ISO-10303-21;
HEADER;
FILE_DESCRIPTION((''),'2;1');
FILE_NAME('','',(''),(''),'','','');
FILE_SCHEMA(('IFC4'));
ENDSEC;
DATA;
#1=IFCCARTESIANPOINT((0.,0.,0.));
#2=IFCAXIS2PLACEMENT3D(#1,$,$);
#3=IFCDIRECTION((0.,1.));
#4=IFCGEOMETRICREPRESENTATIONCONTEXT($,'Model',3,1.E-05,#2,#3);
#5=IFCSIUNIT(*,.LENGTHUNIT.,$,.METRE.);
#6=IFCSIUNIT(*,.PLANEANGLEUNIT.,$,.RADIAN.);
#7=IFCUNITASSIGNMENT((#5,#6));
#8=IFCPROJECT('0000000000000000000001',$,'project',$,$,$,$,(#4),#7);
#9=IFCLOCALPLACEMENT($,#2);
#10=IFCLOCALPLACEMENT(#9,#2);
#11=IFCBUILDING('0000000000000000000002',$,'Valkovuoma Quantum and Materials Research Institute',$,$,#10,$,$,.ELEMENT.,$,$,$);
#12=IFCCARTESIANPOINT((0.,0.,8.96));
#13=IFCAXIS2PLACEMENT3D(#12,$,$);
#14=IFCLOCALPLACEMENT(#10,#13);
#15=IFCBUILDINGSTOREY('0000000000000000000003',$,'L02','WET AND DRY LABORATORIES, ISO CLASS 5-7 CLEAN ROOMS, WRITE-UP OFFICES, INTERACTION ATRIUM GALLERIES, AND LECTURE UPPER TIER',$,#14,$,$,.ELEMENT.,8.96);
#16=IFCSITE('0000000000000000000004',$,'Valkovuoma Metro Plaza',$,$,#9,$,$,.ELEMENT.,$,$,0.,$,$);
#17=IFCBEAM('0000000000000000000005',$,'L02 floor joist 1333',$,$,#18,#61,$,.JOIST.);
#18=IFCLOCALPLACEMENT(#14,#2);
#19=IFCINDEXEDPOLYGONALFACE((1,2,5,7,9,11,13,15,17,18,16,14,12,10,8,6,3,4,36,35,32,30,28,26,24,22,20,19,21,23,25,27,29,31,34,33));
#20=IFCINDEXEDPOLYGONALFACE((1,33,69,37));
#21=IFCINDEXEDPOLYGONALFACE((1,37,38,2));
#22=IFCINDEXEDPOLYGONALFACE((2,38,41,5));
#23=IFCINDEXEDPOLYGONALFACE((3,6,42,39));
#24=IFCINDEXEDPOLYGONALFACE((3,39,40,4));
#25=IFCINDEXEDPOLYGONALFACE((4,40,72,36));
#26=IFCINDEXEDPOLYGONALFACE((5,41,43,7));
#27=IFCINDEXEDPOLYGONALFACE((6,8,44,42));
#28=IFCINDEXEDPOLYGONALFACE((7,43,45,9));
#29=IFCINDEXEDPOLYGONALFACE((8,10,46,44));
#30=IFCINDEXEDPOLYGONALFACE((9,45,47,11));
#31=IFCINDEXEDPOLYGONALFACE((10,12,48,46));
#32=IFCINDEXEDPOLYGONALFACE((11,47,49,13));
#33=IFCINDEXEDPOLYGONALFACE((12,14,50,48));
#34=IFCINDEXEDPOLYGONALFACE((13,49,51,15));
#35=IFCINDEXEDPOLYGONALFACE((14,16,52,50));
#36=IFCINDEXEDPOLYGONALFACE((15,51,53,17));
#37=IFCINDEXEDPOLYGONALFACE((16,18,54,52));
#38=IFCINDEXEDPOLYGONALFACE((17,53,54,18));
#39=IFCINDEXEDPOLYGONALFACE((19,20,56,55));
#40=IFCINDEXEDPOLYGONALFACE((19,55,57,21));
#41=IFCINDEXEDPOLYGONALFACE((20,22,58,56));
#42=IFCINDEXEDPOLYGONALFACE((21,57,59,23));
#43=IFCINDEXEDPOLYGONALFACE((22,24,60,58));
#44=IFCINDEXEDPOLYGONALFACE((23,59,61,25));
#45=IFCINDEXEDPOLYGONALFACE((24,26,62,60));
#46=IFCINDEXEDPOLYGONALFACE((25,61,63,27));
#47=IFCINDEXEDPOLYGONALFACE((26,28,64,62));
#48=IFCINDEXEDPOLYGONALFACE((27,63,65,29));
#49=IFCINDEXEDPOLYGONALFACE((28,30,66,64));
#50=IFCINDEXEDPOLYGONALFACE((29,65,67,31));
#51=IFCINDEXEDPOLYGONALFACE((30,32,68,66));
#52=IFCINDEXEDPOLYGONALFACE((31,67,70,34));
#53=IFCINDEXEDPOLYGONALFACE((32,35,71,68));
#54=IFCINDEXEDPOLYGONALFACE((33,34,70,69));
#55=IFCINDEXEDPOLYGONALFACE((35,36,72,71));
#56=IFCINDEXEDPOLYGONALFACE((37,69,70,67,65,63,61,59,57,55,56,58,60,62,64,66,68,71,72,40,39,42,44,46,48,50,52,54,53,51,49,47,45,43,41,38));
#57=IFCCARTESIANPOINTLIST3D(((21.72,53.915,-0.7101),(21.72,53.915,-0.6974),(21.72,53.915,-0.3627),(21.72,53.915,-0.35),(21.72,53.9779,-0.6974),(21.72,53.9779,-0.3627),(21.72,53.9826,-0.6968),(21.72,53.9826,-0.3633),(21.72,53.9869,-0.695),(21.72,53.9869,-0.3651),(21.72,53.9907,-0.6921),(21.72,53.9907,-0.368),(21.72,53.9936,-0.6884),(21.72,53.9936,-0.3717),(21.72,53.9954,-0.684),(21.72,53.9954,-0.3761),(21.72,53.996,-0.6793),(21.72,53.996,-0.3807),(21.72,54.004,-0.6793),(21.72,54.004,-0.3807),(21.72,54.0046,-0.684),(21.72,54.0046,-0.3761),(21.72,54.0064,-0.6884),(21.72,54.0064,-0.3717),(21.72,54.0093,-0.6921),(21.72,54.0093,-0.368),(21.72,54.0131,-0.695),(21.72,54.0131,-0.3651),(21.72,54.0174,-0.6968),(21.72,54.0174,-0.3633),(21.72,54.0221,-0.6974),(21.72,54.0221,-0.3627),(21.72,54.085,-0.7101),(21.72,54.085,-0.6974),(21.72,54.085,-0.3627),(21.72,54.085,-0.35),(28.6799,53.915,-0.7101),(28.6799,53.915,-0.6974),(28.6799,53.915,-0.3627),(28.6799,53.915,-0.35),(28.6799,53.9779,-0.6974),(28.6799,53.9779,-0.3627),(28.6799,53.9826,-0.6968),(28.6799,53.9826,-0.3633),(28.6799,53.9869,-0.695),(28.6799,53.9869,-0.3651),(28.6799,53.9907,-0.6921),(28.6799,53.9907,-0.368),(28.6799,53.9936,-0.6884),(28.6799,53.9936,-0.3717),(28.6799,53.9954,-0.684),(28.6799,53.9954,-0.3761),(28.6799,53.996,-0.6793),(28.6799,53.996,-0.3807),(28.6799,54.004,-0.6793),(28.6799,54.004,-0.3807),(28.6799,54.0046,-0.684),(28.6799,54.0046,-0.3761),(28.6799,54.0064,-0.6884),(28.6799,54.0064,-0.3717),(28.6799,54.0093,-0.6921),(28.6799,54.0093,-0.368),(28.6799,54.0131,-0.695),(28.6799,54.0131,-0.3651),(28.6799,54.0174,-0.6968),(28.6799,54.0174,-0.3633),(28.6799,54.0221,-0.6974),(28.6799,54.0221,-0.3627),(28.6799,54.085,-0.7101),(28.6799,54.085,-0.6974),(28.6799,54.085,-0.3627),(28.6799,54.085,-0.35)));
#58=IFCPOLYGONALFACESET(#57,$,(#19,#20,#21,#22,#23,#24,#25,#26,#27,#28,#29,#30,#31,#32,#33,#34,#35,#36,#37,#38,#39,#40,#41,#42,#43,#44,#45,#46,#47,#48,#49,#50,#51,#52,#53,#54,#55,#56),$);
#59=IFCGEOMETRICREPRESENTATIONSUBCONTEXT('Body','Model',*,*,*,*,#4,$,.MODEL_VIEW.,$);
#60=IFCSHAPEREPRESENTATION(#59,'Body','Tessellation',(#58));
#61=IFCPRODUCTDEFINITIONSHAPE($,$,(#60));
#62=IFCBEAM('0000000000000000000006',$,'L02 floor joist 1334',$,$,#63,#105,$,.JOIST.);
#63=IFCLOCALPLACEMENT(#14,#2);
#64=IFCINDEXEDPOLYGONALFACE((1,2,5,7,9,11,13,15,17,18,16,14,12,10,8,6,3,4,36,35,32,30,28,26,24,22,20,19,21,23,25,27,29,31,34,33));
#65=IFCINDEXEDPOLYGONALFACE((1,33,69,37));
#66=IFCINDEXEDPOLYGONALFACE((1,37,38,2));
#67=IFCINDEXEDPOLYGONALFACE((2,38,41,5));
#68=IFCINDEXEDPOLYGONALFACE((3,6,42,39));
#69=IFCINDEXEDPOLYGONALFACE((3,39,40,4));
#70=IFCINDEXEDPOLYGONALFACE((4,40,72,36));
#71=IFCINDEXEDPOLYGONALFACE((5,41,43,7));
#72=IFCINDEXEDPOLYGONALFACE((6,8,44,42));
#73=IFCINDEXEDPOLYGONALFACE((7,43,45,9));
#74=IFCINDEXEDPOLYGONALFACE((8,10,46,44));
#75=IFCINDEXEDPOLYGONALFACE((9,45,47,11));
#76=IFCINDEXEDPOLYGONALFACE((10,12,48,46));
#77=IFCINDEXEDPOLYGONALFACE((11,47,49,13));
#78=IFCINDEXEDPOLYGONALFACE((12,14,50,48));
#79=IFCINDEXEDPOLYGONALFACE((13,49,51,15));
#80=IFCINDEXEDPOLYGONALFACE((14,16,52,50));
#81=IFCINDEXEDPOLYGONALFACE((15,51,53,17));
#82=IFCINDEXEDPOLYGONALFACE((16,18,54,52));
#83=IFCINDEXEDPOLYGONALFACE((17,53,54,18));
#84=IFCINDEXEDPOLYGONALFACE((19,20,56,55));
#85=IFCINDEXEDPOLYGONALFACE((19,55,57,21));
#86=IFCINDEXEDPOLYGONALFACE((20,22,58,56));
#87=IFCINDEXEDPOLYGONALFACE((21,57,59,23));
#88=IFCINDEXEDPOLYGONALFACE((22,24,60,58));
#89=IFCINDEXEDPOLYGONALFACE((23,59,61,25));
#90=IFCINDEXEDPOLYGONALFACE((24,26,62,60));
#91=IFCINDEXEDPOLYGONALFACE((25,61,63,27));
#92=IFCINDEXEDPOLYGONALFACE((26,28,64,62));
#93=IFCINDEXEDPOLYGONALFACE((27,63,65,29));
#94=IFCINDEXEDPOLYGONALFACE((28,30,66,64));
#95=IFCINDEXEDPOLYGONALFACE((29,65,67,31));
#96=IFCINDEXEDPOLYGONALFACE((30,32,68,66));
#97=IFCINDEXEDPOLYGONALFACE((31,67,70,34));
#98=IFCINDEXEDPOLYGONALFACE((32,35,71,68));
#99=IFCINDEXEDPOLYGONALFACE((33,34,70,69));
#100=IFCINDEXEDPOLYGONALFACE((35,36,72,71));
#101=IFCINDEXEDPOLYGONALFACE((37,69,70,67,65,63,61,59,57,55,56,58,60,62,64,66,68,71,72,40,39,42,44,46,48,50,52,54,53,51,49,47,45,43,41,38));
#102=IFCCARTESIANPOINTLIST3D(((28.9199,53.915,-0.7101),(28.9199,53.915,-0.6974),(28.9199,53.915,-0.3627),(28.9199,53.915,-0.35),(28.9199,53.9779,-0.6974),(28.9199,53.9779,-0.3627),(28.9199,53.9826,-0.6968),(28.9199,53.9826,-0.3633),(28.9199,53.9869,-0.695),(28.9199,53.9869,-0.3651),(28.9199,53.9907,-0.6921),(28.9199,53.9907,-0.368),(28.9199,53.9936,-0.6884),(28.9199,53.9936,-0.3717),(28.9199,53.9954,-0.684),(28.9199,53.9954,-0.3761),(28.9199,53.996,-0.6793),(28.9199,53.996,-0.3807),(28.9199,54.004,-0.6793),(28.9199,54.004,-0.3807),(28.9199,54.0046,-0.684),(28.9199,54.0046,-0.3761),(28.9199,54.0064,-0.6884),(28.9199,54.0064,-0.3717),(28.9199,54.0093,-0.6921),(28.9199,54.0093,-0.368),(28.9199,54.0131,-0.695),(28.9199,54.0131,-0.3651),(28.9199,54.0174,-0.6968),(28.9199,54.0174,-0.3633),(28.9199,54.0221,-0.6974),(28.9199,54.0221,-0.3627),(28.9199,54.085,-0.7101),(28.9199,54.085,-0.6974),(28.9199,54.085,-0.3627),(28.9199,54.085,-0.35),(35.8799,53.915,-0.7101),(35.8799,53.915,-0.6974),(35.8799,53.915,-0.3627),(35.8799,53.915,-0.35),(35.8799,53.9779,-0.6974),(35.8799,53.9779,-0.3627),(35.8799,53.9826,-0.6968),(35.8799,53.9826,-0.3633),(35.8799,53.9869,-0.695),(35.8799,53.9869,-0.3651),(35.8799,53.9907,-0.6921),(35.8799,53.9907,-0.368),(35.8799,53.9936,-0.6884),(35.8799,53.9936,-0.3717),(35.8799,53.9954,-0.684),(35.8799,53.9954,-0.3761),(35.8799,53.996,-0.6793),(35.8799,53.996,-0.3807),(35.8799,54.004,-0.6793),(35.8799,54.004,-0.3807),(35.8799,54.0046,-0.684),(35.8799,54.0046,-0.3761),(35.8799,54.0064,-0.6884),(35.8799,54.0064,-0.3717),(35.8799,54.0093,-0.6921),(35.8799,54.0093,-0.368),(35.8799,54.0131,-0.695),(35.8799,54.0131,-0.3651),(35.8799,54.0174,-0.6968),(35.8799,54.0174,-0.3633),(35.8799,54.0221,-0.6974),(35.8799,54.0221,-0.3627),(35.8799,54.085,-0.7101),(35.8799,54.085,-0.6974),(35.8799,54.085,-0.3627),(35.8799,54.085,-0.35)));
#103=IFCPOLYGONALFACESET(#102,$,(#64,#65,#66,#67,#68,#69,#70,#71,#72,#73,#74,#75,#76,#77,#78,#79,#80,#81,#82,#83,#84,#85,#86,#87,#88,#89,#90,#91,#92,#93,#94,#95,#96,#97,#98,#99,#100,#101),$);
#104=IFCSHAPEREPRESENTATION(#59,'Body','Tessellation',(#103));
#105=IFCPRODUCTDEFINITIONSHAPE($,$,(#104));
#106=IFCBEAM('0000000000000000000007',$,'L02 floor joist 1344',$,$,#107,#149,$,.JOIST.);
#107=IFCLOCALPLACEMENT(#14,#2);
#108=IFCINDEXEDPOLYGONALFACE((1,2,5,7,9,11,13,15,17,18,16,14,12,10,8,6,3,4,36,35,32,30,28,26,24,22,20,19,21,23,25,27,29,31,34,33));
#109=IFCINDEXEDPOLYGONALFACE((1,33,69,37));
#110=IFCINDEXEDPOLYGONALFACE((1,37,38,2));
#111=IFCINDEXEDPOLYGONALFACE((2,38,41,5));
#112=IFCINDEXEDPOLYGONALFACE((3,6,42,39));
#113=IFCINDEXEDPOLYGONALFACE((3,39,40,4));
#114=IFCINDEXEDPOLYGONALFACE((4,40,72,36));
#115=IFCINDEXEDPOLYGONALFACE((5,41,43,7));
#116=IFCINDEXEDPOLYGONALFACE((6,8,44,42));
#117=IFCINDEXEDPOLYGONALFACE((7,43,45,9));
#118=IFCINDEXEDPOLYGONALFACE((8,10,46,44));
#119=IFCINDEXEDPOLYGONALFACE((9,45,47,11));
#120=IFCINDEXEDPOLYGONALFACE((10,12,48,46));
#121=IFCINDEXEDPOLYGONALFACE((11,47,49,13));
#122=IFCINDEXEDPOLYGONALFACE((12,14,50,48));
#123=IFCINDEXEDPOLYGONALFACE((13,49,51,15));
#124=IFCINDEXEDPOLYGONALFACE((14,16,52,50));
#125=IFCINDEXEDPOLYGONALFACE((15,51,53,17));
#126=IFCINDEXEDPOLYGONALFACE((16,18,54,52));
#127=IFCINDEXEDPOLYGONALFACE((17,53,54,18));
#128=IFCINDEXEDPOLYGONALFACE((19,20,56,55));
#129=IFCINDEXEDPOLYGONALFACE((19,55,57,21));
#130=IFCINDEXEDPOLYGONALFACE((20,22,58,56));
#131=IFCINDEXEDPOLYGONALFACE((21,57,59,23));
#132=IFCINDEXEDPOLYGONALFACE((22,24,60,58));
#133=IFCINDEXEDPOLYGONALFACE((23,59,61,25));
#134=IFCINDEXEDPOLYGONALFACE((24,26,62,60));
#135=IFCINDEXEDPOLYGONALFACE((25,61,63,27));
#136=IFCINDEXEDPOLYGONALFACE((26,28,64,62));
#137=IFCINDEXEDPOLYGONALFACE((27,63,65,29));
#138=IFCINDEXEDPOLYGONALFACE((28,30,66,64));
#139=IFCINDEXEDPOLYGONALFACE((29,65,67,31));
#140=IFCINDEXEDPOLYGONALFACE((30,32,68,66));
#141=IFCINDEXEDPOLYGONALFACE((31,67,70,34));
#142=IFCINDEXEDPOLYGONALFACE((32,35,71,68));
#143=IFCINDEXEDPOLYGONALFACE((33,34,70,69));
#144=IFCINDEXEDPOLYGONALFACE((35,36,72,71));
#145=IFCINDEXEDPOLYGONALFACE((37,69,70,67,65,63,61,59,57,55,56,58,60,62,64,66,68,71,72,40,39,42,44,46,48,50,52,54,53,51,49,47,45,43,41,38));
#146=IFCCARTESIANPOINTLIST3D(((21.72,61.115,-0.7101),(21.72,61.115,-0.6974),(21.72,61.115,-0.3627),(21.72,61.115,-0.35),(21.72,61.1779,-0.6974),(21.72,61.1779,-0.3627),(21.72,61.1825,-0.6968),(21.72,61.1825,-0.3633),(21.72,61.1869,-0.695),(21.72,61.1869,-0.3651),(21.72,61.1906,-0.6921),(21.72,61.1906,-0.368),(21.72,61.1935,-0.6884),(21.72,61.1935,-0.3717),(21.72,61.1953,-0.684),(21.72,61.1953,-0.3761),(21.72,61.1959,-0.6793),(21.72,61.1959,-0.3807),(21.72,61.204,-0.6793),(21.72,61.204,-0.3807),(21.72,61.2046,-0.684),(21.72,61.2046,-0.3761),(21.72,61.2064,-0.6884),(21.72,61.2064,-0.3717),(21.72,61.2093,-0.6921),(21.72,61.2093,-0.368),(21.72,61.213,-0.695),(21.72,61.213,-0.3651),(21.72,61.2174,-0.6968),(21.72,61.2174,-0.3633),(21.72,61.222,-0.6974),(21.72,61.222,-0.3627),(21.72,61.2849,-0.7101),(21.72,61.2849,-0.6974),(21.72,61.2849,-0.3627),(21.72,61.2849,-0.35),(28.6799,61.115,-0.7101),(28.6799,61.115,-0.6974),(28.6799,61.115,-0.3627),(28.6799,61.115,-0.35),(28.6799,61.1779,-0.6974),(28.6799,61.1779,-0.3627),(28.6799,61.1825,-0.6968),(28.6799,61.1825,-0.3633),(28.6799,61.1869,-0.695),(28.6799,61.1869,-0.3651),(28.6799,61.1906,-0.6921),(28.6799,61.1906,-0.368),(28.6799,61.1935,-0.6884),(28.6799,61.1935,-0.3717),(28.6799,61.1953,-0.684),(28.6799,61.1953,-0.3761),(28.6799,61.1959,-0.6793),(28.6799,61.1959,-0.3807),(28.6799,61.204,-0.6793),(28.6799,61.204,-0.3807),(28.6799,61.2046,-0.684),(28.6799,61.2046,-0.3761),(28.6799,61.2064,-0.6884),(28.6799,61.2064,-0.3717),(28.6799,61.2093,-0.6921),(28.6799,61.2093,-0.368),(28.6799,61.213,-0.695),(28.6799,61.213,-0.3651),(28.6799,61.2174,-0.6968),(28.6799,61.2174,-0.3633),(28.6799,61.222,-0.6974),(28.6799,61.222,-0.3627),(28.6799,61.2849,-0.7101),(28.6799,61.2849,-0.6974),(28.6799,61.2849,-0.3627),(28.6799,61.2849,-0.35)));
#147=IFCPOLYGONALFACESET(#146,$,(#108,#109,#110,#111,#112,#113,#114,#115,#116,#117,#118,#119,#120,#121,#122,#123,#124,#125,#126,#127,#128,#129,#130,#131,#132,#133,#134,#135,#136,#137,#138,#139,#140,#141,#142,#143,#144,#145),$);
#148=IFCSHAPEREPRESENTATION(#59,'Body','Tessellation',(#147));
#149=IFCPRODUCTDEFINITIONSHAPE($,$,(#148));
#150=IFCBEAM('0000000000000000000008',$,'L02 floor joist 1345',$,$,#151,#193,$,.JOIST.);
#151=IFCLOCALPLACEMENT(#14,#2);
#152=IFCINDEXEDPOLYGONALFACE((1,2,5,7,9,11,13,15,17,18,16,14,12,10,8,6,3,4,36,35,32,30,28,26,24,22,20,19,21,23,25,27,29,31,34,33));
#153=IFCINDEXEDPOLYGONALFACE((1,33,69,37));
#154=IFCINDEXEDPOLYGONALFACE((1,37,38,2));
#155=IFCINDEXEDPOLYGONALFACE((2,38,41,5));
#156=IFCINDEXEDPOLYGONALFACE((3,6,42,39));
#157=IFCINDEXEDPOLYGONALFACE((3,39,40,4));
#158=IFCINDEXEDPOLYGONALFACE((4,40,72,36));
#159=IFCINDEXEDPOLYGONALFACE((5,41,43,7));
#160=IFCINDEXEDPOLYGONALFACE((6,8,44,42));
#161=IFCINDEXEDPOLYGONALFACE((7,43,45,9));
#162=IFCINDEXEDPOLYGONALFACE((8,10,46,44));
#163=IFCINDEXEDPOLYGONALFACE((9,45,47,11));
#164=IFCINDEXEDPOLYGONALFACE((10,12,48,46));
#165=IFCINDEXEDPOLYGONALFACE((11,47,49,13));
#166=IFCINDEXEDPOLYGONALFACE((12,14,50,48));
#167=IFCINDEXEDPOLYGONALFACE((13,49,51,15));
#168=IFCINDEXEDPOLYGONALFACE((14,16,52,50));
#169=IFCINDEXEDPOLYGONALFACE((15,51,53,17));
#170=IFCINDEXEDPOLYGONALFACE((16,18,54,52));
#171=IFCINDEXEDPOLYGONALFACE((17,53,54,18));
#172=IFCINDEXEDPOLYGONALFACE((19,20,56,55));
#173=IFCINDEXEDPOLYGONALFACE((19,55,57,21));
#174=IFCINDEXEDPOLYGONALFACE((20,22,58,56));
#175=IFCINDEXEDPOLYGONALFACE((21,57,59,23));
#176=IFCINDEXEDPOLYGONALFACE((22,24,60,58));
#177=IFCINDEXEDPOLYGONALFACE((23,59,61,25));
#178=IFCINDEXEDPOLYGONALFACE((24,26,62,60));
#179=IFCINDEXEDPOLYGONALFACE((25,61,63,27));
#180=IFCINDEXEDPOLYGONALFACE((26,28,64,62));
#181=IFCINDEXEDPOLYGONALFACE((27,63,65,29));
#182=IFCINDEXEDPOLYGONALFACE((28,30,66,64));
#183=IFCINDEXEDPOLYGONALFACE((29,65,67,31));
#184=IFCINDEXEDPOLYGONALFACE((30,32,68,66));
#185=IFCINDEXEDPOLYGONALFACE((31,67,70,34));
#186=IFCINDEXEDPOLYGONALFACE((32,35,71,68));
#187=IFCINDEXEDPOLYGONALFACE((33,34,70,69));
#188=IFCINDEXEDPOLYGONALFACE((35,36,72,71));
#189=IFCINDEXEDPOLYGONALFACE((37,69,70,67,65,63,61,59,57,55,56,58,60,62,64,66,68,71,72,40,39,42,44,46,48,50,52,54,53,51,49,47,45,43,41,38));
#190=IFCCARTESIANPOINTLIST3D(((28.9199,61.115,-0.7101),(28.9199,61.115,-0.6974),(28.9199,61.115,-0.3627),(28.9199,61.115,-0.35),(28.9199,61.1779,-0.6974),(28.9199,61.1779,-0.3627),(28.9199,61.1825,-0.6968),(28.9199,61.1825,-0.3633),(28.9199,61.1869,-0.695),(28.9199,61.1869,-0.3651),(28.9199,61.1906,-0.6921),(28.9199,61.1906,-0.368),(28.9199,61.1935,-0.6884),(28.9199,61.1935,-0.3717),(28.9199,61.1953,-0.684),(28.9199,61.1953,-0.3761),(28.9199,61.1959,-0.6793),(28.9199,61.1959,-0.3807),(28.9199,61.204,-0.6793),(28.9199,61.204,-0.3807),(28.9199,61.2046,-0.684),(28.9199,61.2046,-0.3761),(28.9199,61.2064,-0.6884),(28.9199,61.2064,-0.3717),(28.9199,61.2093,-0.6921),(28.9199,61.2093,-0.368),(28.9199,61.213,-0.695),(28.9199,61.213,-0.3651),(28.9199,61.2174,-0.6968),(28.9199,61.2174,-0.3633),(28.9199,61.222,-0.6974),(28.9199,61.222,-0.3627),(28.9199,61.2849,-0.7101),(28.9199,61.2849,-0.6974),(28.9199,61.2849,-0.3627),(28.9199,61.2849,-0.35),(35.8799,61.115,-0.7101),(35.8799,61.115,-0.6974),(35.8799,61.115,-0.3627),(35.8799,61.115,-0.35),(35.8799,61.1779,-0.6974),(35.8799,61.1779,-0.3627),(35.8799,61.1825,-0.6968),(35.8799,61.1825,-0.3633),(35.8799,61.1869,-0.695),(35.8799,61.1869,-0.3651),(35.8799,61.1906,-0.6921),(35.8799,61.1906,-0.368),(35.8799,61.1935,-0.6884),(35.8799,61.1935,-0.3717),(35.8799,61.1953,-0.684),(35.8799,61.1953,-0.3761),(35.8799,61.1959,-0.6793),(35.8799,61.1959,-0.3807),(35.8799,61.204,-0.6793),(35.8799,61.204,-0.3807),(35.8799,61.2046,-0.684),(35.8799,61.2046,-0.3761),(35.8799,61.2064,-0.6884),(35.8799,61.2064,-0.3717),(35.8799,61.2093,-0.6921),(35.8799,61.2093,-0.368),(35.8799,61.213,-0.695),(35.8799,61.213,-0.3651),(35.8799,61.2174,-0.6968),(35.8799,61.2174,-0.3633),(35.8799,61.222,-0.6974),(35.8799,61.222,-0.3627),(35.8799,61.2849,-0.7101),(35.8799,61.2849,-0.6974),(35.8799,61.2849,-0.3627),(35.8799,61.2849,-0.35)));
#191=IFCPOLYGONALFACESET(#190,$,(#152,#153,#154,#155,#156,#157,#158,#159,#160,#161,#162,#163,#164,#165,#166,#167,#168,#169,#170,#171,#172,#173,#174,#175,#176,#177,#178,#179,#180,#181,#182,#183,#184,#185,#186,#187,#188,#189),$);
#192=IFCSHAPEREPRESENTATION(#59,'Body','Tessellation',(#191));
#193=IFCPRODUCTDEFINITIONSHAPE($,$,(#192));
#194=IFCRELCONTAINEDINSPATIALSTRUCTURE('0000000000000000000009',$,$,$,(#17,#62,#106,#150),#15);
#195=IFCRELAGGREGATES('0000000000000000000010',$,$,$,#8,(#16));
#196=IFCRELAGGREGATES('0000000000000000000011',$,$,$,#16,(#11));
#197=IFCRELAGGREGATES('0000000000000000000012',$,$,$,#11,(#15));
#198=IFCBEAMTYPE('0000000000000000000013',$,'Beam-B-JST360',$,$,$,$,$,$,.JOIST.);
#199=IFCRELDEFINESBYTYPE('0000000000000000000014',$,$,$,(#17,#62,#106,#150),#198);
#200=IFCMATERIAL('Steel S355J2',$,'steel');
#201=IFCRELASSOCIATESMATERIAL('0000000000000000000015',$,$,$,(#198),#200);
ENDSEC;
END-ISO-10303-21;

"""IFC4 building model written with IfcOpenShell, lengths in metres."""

from ifc_helpers import new_model, si_unit, direction, frame, origin, origin_2d, place, context, subcontext, project, spatial, i_section, extrude, material, material_profile, profile_set, type_object, element, save


model = new_model("IFC4")

# Units and contexts
model_context = context("Model", 3, precision=1e-05, world=origin(), true_north=direction((0.0, 1.0)))
body_context = subcontext(model_context, "Body", "Model", "MODEL_VIEW")
ifc_project = project(units=[si_unit("LENGTHUNIT", "METRE"), si_unit("PLANEANGLEUNIT", "RADIAN")], contexts=[model_context])

# Site, building, storey
site_placement = place(None, origin())
site = spatial("IfcSite", under=ifc_project, at=site_placement, Name="Valkovuoma Metro Plaza", CompositionType="ELEMENT", RefElevation=0.0)
building_placement = place(site_placement, origin())
building = spatial("IfcBuilding", under=site, at=building_placement, Name="Valkovuoma Quantum and Materials Research Institute", CompositionType="ELEMENT")
storey_placement = place(building_placement, frame((0.0, 0.0, 8.96)))
storey = spatial("IfcBuildingStorey", under=building, at=storey_placement, Name="L02", Description="WET AND DRY LABORATORIES, ISO CLASS 5-7 CLEAN ROOMS, WRITE-UP OFFICES, INTERACTION ATRIUM GALLERIES, AND LECTURE UPPER TIER", CompositionType="ELEMENT", Elevation=8.96)

# Beams
ifc_material_1 = material(Name="Steel S355J2", Category="steel")
ifc_material_profile_1 = material_profile(ifc_material_1, i_section(OverallWidth=0.1699, OverallDepth=0.3601, WebThickness=0.0081, FlangeThickness=0.0127, FilletRadius=0.0181, at=origin_2d()), Name="Steel S355J2")
ifc_profile_set_1 = profile_set([ifc_material_profile_1], Name="Steel S355J2")
beam_type_1 = type_object("IfcBeamType", Name="Beam-B-JST360", PredefinedType="JOIST", material=ifc_profile_set_1)
for number, where, z_axis, x_axis, name in (
    (1, (21.72, 54.0, -0.53), (1.0, 0.0, 0.0), (0.0, 1.0, 0.0), "L02 floor joist 1333"),
    (2, (28.9199, 54.0, -0.53), (1.0, 0.0, 0.0), (0.0, 1.0, 0.0), "L02 floor joist 1334"),
    (3, (21.72, 61.2, -0.53), (1.0, 0.0, 0.0), (0.0, 1.0, 0.0), "L02 floor joist 1344"),
    (4, (28.9199, 61.2, -0.53), (1.0, 0.0, 0.0), (0.0, 1.0, 0.0), "L02 floor joist 1345"),
):
    element("IfcBeam", number, at=place(storey_placement, frame(where, z_axis=z_axis, x_axis=x_axis)), inside=storey, type_object=beam_type_1, Name=name, PredefinedType="JOIST", context=body_context, shape_type="SweptSolid", body=[
        extrude(i_section(OverallWidth=0.1699, OverallDepth=0.3601, WebThickness=0.0081, FlangeThickness=0.0127, FilletRadius=0.0181, at=origin_2d()), origin(), (0.0, 0.0, 1.0), 6.96),
    ])

save(model, "model.ifc")
